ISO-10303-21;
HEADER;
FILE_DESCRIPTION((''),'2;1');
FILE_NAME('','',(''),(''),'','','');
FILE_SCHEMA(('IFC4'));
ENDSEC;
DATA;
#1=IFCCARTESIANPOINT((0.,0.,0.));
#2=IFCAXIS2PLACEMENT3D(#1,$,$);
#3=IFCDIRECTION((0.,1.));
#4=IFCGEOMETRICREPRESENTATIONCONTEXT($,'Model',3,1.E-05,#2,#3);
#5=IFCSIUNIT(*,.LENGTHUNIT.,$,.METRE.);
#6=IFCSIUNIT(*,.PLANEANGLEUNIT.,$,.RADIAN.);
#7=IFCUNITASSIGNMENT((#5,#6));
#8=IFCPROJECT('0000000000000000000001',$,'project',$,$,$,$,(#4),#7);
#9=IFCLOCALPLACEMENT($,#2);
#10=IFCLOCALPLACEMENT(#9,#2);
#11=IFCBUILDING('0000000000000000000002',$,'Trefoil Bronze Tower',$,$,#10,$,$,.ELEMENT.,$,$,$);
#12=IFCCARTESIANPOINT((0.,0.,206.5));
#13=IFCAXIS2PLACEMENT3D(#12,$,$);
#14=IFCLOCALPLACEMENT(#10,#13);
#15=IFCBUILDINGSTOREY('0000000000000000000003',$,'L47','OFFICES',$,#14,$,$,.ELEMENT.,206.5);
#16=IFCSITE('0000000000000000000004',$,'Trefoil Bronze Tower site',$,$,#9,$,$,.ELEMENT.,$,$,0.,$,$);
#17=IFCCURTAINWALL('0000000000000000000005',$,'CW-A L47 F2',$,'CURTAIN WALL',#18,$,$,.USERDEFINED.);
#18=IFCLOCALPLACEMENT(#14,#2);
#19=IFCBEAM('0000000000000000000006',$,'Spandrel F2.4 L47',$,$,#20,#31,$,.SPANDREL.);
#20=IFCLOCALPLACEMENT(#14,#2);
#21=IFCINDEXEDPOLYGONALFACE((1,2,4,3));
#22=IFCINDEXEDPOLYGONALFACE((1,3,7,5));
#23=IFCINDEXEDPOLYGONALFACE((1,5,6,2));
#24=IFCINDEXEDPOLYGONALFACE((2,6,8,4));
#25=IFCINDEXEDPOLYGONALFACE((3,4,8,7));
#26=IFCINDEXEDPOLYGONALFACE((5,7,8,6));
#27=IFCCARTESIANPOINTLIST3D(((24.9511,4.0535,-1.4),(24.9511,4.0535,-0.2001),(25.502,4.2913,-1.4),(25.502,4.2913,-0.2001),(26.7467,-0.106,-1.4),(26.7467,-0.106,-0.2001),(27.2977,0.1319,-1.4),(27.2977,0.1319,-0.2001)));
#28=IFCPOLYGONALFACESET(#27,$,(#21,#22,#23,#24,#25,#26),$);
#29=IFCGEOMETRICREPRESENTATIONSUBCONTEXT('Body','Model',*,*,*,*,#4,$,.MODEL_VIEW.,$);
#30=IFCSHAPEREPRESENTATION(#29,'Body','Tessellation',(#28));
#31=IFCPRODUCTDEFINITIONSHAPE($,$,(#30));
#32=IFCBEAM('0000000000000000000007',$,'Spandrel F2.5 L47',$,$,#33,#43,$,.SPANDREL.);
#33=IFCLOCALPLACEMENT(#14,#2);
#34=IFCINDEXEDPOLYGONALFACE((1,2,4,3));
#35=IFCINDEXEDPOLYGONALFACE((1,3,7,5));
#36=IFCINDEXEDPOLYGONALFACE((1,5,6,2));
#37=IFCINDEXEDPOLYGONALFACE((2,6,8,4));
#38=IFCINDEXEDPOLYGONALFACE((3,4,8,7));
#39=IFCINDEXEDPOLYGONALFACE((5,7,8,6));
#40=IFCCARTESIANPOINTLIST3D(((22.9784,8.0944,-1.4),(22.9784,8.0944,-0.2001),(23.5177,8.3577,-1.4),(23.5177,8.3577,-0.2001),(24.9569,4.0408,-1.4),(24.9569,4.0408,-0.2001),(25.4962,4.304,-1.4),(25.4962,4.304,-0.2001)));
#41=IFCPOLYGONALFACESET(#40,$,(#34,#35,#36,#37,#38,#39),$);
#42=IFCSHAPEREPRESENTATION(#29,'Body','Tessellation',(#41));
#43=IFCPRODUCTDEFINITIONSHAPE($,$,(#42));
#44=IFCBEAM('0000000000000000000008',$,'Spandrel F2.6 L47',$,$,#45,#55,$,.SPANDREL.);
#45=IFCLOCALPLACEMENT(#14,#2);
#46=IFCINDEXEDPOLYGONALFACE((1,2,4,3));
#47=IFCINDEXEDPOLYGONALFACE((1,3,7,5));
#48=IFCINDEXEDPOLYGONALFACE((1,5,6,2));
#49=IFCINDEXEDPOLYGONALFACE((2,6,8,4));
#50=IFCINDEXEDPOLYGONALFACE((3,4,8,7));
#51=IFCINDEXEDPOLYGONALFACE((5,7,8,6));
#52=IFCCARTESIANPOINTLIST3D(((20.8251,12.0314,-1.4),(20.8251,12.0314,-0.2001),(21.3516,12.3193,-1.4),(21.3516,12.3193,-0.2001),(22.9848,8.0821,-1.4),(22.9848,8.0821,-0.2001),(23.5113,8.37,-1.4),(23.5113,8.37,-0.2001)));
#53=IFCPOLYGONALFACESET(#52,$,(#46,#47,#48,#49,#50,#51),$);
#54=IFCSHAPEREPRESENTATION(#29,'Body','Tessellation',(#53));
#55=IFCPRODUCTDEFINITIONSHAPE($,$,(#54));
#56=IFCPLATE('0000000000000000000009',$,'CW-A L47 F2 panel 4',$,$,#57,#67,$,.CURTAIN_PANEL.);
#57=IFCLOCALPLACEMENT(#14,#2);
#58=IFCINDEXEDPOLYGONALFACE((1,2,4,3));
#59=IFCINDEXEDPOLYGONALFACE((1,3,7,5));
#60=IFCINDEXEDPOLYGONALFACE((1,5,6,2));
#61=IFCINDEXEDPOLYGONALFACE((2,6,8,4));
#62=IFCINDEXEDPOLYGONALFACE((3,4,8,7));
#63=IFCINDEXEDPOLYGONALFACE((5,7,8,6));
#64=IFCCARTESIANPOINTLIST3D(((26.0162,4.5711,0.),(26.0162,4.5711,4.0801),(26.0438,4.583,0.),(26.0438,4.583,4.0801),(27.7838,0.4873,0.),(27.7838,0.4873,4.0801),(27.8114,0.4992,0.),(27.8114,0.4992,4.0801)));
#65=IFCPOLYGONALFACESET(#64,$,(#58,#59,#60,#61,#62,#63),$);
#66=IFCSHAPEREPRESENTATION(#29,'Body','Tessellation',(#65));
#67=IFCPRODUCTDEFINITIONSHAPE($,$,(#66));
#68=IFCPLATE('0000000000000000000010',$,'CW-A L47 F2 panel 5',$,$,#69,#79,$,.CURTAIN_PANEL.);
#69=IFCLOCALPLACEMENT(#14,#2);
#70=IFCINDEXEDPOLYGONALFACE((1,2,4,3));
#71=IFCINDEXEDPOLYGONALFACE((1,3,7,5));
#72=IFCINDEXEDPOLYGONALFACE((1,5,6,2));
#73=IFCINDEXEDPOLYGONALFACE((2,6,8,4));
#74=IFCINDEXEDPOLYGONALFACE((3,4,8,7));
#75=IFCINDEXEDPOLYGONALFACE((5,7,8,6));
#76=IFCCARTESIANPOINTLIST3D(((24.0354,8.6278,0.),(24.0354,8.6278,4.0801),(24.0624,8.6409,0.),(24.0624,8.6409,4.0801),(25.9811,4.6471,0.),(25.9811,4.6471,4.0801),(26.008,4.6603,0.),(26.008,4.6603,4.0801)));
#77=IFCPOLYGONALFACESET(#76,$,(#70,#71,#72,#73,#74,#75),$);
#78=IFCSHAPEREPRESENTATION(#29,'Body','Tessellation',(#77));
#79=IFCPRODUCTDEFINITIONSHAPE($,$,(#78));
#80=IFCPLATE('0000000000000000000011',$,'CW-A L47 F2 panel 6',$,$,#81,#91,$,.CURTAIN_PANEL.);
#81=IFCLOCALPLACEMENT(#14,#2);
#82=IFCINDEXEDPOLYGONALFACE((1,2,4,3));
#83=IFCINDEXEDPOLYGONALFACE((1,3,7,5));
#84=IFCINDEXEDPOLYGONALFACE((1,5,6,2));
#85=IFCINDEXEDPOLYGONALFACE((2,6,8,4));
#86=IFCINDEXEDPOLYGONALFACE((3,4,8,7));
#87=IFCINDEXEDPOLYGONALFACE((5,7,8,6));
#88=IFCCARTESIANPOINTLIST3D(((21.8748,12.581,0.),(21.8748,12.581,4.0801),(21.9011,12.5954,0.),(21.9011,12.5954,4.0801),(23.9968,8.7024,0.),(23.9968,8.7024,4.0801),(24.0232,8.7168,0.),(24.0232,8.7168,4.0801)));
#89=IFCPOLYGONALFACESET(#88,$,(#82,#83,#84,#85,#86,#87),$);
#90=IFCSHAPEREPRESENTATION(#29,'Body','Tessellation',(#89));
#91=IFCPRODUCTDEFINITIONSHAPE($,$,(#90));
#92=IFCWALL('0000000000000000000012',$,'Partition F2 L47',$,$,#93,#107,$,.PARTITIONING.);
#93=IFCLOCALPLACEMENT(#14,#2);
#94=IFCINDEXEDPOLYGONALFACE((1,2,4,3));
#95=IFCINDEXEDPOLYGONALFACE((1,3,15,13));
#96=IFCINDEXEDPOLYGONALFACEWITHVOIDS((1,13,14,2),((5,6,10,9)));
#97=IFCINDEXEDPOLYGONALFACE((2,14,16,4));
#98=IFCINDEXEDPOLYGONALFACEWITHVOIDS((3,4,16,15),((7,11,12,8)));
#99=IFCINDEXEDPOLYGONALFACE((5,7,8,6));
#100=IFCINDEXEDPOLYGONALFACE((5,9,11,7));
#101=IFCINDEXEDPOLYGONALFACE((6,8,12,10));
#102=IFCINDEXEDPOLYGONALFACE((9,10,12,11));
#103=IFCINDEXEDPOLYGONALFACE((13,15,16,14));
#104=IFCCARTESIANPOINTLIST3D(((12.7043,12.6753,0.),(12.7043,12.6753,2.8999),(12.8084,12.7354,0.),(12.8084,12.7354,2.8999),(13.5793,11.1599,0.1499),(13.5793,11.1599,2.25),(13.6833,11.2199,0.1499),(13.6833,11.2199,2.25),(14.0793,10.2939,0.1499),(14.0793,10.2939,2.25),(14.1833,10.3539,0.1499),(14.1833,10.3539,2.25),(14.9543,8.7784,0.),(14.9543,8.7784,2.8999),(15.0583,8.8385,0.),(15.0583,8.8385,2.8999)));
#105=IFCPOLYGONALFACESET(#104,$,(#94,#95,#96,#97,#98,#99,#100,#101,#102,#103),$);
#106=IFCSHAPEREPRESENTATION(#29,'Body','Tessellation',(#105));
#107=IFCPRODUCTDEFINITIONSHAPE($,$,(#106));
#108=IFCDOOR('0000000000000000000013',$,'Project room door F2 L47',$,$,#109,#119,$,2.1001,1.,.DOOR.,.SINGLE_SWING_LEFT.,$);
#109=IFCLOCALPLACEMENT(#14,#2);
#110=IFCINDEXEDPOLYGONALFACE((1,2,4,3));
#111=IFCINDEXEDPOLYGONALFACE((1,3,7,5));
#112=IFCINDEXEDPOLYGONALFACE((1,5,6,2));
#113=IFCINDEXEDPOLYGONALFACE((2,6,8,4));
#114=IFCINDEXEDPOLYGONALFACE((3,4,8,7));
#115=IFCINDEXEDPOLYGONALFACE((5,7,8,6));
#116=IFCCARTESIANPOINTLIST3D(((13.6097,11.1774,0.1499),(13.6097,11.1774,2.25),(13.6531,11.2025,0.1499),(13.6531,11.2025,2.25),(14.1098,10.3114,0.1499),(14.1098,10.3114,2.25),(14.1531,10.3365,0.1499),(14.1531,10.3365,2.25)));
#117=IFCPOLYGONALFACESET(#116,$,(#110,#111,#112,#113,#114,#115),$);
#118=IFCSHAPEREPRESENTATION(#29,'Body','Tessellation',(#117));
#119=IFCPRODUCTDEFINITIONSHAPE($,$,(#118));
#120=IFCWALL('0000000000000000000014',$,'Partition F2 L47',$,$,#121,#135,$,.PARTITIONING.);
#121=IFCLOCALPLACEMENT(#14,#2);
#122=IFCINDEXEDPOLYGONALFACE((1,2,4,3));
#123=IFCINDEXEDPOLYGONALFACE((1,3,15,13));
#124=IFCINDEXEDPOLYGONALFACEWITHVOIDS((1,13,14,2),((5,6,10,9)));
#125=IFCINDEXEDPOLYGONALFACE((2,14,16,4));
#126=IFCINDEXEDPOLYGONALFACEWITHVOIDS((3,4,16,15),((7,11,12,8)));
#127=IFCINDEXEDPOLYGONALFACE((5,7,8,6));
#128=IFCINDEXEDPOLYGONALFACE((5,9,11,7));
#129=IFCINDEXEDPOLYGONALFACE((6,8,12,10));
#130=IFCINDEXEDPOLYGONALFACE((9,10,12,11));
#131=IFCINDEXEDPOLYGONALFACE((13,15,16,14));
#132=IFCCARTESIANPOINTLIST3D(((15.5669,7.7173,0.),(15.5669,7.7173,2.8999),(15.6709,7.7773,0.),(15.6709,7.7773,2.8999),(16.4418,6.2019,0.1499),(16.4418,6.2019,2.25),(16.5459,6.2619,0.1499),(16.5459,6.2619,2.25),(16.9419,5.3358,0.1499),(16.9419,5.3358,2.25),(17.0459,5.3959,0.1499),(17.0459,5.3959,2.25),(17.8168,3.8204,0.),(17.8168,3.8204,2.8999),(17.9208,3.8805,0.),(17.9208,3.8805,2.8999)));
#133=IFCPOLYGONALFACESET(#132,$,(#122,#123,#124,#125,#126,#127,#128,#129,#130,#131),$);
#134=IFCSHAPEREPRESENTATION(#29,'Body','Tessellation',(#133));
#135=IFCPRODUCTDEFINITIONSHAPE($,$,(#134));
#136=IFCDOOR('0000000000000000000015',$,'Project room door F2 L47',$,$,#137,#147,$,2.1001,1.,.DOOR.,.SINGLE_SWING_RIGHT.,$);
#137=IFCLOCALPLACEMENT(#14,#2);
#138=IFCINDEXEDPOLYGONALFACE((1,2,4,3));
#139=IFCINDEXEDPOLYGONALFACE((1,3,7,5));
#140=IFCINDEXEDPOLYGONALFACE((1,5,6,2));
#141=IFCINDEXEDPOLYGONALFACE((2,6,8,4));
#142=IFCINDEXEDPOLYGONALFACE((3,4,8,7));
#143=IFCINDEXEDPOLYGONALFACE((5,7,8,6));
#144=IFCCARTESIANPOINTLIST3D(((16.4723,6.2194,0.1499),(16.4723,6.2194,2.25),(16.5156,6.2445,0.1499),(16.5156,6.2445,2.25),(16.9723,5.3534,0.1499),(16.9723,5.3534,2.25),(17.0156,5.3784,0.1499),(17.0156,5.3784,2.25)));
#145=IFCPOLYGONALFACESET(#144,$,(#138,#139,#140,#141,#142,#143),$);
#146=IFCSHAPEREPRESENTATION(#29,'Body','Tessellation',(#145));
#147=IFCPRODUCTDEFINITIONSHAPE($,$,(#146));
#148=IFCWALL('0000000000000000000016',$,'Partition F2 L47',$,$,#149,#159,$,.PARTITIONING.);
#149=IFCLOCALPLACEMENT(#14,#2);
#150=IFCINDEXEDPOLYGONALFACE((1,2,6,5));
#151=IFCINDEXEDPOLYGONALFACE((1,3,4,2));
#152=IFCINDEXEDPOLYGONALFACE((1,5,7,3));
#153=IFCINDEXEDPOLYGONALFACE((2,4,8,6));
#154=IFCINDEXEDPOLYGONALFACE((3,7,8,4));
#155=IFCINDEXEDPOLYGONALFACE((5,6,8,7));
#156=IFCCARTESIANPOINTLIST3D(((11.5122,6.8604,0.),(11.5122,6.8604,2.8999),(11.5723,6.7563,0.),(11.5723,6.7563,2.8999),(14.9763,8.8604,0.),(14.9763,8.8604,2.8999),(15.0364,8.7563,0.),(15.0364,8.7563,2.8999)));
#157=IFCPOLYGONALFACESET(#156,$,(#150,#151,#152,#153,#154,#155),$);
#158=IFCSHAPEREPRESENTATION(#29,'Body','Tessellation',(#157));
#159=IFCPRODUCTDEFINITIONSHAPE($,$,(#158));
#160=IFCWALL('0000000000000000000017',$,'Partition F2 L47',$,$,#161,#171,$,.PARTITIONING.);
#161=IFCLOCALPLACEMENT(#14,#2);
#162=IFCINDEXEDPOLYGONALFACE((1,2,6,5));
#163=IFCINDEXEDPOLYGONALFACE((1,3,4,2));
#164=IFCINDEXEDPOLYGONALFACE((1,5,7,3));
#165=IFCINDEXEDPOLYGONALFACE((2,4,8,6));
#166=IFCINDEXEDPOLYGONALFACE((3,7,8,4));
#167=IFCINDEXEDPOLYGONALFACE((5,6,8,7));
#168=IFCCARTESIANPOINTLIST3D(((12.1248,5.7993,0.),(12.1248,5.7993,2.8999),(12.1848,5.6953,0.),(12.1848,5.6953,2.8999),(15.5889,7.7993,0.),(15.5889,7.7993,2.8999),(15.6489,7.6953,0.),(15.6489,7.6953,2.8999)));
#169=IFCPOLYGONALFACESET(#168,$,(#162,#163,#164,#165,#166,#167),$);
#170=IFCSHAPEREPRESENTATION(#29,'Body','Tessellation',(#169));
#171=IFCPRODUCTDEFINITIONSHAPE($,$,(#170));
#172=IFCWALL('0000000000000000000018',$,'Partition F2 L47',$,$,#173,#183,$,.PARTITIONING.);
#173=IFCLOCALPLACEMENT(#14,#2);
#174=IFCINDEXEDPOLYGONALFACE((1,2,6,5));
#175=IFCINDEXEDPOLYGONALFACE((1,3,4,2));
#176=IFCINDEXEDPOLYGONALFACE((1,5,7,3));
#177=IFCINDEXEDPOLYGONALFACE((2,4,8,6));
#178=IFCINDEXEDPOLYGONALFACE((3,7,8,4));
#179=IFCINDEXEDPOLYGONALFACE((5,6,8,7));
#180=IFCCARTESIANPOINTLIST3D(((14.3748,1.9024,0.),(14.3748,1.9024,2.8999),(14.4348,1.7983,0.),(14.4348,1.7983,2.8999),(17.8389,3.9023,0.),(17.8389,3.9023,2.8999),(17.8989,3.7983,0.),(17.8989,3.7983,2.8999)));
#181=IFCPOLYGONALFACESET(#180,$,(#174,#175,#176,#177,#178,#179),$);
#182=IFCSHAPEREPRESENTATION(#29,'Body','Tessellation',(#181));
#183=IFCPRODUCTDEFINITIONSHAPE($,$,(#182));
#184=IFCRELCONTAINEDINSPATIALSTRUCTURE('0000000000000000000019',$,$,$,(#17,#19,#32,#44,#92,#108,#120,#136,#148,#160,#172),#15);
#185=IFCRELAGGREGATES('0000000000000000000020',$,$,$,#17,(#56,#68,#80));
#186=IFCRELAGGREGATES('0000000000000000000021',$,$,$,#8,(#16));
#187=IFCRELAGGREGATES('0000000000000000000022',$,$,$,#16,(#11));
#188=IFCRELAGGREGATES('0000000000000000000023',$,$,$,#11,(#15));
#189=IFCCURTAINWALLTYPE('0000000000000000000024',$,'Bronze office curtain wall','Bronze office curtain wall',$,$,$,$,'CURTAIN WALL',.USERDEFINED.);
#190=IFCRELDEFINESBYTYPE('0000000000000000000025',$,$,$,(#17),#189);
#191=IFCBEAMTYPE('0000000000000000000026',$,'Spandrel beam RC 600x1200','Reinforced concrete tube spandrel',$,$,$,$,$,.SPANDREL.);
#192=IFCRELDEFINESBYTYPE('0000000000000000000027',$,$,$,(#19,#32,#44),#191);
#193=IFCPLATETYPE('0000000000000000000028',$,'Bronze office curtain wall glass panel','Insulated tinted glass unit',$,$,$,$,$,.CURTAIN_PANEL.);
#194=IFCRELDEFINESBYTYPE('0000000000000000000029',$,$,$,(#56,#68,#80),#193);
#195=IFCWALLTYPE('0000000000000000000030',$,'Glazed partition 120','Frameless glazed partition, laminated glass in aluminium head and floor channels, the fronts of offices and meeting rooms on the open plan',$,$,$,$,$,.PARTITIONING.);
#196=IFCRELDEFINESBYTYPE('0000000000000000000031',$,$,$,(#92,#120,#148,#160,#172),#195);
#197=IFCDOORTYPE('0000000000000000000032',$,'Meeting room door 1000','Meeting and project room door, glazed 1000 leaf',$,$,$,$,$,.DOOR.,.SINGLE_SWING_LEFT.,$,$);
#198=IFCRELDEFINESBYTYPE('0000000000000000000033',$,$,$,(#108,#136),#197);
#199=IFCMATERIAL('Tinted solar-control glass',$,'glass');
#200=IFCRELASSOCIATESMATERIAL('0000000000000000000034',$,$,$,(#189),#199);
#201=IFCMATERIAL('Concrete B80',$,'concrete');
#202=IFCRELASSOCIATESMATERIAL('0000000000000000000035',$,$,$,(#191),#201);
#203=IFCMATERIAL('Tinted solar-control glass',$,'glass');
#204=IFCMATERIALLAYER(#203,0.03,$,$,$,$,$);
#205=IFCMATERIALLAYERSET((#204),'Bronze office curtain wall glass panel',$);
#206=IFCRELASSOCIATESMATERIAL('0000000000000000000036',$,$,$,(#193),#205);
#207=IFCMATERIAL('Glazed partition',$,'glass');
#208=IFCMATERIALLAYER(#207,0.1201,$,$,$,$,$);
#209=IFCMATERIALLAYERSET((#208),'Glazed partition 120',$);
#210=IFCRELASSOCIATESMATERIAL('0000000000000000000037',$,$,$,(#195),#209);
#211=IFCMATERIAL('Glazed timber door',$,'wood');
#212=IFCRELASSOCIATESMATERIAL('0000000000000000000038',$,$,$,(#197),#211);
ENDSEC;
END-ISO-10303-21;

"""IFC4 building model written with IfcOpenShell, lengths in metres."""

from ifc_helpers import new_model, si_unit, direction, frame, frame_2d, origin, origin_2d, place, context, subcontext, project, spatial, rectangle, extrude, material, layer, layer_set, material_profile, profile_set, type_object, element, fill, aggregate, save


model = new_model("IFC4")

# Units and contexts
model_context = context("Model", 3, precision=1e-05, world=origin(), true_north=direction((0.0, 1.0)))
body_context = subcontext(model_context, "Body", "Model", "MODEL_VIEW")
ifc_project = project(units=[si_unit("LENGTHUNIT", "METRE"), si_unit("PLANEANGLEUNIT", "RADIAN")], contexts=[model_context])

# Site, building, storey
site_placement = place(None, origin())
site = spatial("IfcSite", under=ifc_project, at=site_placement, Name="Trefoil Bronze Tower site", CompositionType="ELEMENT", RefElevation=0.0)
building_placement = place(site_placement, origin())
building = spatial("IfcBuilding", under=site, at=building_placement, Name="Trefoil Bronze Tower", CompositionType="ELEMENT")
storey_placement = place(building_placement, frame((0.0, 0.0, 206.5)))
storey = spatial("IfcBuildingStorey", under=building, at=storey_placement, Name="L47", Description="OFFICES", CompositionType="ELEMENT", Elevation=206.5)

# Curtain wall
ifc_material_1 = material(Name="Tinted solar-control glass", Category="glass")
curtain_wall_type = type_object("IfcCurtainWallType", Name="Bronze office curtain wall", Description="Bronze office curtain wall", ElementType="CURTAIN WALL", PredefinedType="USERDEFINED", material=ifc_material_1)
curtain_wall_placement = place(storey_placement, origin())
curtain_wall = element("IfcCurtainWall", 1, at=curtain_wall_placement, inside=storey, type_object=curtain_wall_type, Name="CW-A L47 F2", ObjectType="CURTAIN WALL", PredefinedType="USERDEFINED")

# Beams
ifc_material_2 = material(Name="Concrete B80", Category="concrete")
ifc_material_profile_1 = material_profile(ifc_material_2, rectangle(XDim=0.6001, YDim=1.2, at=origin_2d()), Name="RC 600x1200")
ifc_profile_set_1 = profile_set([ifc_material_profile_1], Name="Concrete B80")
beam_type_1 = type_object("IfcBeamType", Name="Spandrel beam RC 600x1200", Description="Reinforced concrete tube spandrel", PredefinedType="SPANDREL", material=ifc_profile_set_1)
beam_1_placement = place(storey_placement, frame((27.0222, 0.0129, -0.8), z_axis=(-0.39635, 0.918099, 0.0), x_axis=(-0.918099, -0.39635, 0.0)))
element("IfcBeam", 2, at=beam_1_placement, inside=storey, type_object=beam_type_1, Name="Spandrel F2.4 L47", PredefinedType="SPANDREL", context=body_context, shape_type="SweptSolid", body=[
    extrude(rectangle(XDim=0.6001, YDim=1.2, at=origin_2d()), origin(), (0.0, 0.0, 1.0), 4.5305),
])
beam_2_placement = place(storey_placement, frame((25.2266, 4.1724, -0.8), z_axis=(-0.43862, 0.898673, 0.0), x_axis=(-0.898673, -0.43862, 0.0)))
element("IfcBeam", 3, at=beam_2_placement, inside=storey, type_object=beam_type_1, Name="Spandrel F2.5 L47", PredefinedType="SPANDREL", context=body_context, shape_type="SweptSolid", body=[
    extrude(rectangle(XDim=0.6001, YDim=1.2, at=origin_2d()), origin(), (0.0, 0.0, 1.0), 4.5107),
])
beam_3_placement = place(storey_placement, frame((23.248, 8.2261, -0.8), z_axis=(-0.479802, 0.877377, 0.0), x_axis=(-0.877377, -0.479802, 0.0)))
element("IfcBeam", 4, at=beam_3_placement, inside=storey, type_object=beam_type_1, Name="Spandrel F2.6 L47", PredefinedType="SPANDREL", context=body_context, shape_type="SweptSolid", body=[
    extrude(rectangle(XDim=0.6001, YDim=1.2, at=origin_2d()), origin(), (0.0, 0.0, 1.0), 4.5012),
])

# Plates
ifc_material_3 = material(Name="Tinted solar-control glass", Category="glass")
ifc_layer_1 = layer(ifc_material_3, 0.03)
ifc_layer_set_1 = layer_set([ifc_layer_1], Name="Bronze office curtain wall glass panel")
plate_type = type_object("IfcPlateType", Name="Bronze office curtain wall glass panel", Description="Insulated tinted glass unit", PredefinedType="CURTAIN_PANEL", material=ifc_layer_set_1)
plate_1_placement = place(storey_placement, frame((26.9138, 2.5352, 0.0), z_axis=(0.0, 0.0, 1.0), x_axis=(-0.39722, 0.917723, 0.0)))
plate_1 = element("IfcPlate", 5, at=plate_1_placement, type_object=plate_type, Name="CW-A L47 F2 panel 4", PredefinedType="CURTAIN_PANEL", context=body_context, shape_type="SweptSolid", body=[
    extrude(rectangle(XDim=4.45, YDim=0.03, at=origin_2d()), origin(), (0.0, 0.0, 1.0), 4.0801),
])
plate_2_placement = place(storey_placement, frame((25.0217, 6.644, 0.0), z_axis=(0.0, 0.0, 1.0), x_axis=(-0.439129, 0.898424, 0.0)))
plate_2 = element("IfcPlate", 6, at=plate_2_placement, type_object=plate_type, Name="CW-A L47 F2 panel 5", PredefinedType="CURTAIN_PANEL", context=body_context, shape_type="SweptSolid", body=[
    extrude(rectangle(XDim=4.4307, YDim=0.03, at=origin_2d()), origin(), (0.0, 0.0, 1.0), 4.0801),
])
plate_3_placement = place(storey_placement, frame((22.949, 10.6489, 0.0), z_axis=(0.0, 0.0, 1.0), x_axis=(-0.479974, 0.877283, 0.0)))
plate_3 = element("IfcPlate", 7, at=plate_3_placement, type_object=plate_type, Name="CW-A L47 F2 panel 6", PredefinedType="CURTAIN_PANEL", context=body_context, shape_type="SweptSolid", body=[
    extrude(rectangle(XDim=4.4211, YDim=0.03, at=origin_2d()), origin(), (0.0, 0.0, 1.0), 4.0801),
])
aggregate(curtain_wall, [plate_1, plate_2, plate_3])

# Walls, openings, doors
ifc_material_4 = material(Name="Glazed partition", Category="glass")
ifc_layer_2 = layer(ifc_material_4, 0.1201)
ifc_layer_set_2 = layer_set([ifc_layer_2], Name="Glazed partition 120")
wall_type_1 = type_object("IfcWallType", Name="Glazed partition 120", Description="Frameless glazed partition, laminated glass in aluminium head and floor channels, the fronts of offices and meeting rooms on the open plan", PredefinedType="PARTITIONING", material=ifc_layer_set_2)
wall_1_placement = place(storey_placement, frame((15.0063, 8.8083, 0.0), z_axis=(0.0, 0.0, 1.0), x_axis=(-0.500014, 0.866018, 0.0)))
wall_1 = element("IfcWall", 8, at=wall_1_placement, inside=storey, type_object=wall_type_1, Name="Partition F2 L47", PredefinedType="PARTITIONING", context=body_context, shape_type="SweptSolid", body=[
    extrude(rectangle(XDim=4.4998, YDim=0.1201, at=frame_2d((2.25, 0.0))), origin(), (0.0, 0.0, 1.0), 2.8999),
])
opening_1_placement = place(wall_1_placement, frame((1.75, 0.0, 0.1499)))
opening_1 = element("IfcOpeningElement", 9, at=opening_1_placement, cuts=wall_1, PredefinedType="OPENING", context=body_context, shape_type="SweptSolid", body=[
    extrude(rectangle(XDim=1.0, YDim=2.1001, at=frame_2d((0.5, 1.05))), frame((0.0, 0.0701, 0.0), z_axis=(0.0, -1.0, 0.0), x_axis=(1.0, 0.0, 0.0)), (0.0, 0.0, 1.0), 0.1401),
])
ifc_material_5 = material(Name="Glazed timber door", Category="wood")
door_type = type_object("IfcDoorType", Name="Meeting room door 1000", Description="Meeting and project room door, glazed 1000 leaf", OperationType="SINGLE_SWING_LEFT", PredefinedType="DOOR", material=ifc_material_5)
door_1_placement = place(opening_1_placement, origin())
door_1 = element("IfcDoor", 10, at=door_1_placement, inside=storey, type_object=door_type, Name="Project room door F2 L47", OperationType="SINGLE_SWING_LEFT", OverallHeight=2.1001, OverallWidth=1.0, PredefinedType="DOOR", context=body_context, shape_type="SweptSolid", body=[
    extrude(rectangle(XDim=1.0, YDim=2.1001, at=frame_2d((0.5, 1.05))), frame((0.0, 0.0249, 0.0), z_axis=(0.0, -1.0, 0.0), x_axis=(1.0, 0.0, 0.0)), (0.0, 0.0, 1.0), 0.05),
])
fill(opening_1, door_1)
wall_2_placement = place(storey_placement, frame((17.8689, 3.8503, 0.0), z_axis=(0.0, 0.0, 1.0), x_axis=(-0.500014, 0.866018, 0.0)))
wall_2 = element("IfcWall", 11, at=wall_2_placement, inside=storey, type_object=wall_type_1, Name="Partition F2 L47", PredefinedType="PARTITIONING", context=body_context, shape_type="SweptSolid", body=[
    extrude(rectangle(XDim=4.4998, YDim=0.1201, at=frame_2d((2.25, 0.0))), origin(), (0.0, 0.0, 1.0), 2.8999),
])
opening_2_placement = place(wall_2_placement, frame((1.75, 0.0, 0.1499)))
opening_2 = element("IfcOpeningElement", 12, at=opening_2_placement, cuts=wall_2, PredefinedType="OPENING", context=body_context, shape_type="SweptSolid", body=[
    extrude(rectangle(XDim=1.0, YDim=2.1001, at=frame_2d((0.5, 1.05))), frame((0.0, 0.0701, 0.0), z_axis=(0.0, -1.0, 0.0), x_axis=(1.0, 0.0, 0.0)), (0.0, 0.0, 1.0), 0.1401),
])
door_2_placement = place(opening_2_placement, origin())
door_2 = element("IfcDoor", 13, at=door_2_placement, inside=storey, type_object=door_type, Name="Project room door F2 L47", OperationType="SINGLE_SWING_RIGHT", OverallHeight=2.1001, OverallWidth=1.0, PredefinedType="DOOR", context=body_context, shape_type="SweptSolid", body=[
    extrude(rectangle(XDim=1.0, YDim=2.1001, at=frame_2d((0.5, 1.05))), frame((0.0, 0.0249, 0.0), z_axis=(0.0, -1.0, 0.0), x_axis=(1.0, 0.0, 0.0)), (0.0, 0.0, 1.0), 0.05),
])
fill(opening_2, door_2)

# Walls
for number, where, z_axis, x_axis, name in (
    (14, (11.5422, 6.8083, 0.0), (0.0, 0.0, 1.0), (0.866026, 0.499999, 0.0), "Partition F2 L47"),
    (15, (12.1548, 5.7473, 0.0), (0.0, 0.0, 1.0), (0.866026, 0.499999, 0.0), "Partition F2 L47"),
    (16, (14.4048, 1.8503, 0.0), (0.0, 0.0, 1.0), (0.866026, 0.499999, 0.0), "Partition F2 L47"),
):
    element("IfcWall", number, at=place(storey_placement, frame(where, z_axis=z_axis, x_axis=x_axis)), inside=storey, type_object=wall_type_1, Name=name, PredefinedType="PARTITIONING", context=body_context, shape_type="SweptSolid", body=[
        extrude(rectangle(XDim=4.0, YDim=0.1201, at=frame_2d((2.0, 0.0))), origin(), (0.0, 0.0, 1.0), 2.8999),
    ])

save(model, "model.ifc")
